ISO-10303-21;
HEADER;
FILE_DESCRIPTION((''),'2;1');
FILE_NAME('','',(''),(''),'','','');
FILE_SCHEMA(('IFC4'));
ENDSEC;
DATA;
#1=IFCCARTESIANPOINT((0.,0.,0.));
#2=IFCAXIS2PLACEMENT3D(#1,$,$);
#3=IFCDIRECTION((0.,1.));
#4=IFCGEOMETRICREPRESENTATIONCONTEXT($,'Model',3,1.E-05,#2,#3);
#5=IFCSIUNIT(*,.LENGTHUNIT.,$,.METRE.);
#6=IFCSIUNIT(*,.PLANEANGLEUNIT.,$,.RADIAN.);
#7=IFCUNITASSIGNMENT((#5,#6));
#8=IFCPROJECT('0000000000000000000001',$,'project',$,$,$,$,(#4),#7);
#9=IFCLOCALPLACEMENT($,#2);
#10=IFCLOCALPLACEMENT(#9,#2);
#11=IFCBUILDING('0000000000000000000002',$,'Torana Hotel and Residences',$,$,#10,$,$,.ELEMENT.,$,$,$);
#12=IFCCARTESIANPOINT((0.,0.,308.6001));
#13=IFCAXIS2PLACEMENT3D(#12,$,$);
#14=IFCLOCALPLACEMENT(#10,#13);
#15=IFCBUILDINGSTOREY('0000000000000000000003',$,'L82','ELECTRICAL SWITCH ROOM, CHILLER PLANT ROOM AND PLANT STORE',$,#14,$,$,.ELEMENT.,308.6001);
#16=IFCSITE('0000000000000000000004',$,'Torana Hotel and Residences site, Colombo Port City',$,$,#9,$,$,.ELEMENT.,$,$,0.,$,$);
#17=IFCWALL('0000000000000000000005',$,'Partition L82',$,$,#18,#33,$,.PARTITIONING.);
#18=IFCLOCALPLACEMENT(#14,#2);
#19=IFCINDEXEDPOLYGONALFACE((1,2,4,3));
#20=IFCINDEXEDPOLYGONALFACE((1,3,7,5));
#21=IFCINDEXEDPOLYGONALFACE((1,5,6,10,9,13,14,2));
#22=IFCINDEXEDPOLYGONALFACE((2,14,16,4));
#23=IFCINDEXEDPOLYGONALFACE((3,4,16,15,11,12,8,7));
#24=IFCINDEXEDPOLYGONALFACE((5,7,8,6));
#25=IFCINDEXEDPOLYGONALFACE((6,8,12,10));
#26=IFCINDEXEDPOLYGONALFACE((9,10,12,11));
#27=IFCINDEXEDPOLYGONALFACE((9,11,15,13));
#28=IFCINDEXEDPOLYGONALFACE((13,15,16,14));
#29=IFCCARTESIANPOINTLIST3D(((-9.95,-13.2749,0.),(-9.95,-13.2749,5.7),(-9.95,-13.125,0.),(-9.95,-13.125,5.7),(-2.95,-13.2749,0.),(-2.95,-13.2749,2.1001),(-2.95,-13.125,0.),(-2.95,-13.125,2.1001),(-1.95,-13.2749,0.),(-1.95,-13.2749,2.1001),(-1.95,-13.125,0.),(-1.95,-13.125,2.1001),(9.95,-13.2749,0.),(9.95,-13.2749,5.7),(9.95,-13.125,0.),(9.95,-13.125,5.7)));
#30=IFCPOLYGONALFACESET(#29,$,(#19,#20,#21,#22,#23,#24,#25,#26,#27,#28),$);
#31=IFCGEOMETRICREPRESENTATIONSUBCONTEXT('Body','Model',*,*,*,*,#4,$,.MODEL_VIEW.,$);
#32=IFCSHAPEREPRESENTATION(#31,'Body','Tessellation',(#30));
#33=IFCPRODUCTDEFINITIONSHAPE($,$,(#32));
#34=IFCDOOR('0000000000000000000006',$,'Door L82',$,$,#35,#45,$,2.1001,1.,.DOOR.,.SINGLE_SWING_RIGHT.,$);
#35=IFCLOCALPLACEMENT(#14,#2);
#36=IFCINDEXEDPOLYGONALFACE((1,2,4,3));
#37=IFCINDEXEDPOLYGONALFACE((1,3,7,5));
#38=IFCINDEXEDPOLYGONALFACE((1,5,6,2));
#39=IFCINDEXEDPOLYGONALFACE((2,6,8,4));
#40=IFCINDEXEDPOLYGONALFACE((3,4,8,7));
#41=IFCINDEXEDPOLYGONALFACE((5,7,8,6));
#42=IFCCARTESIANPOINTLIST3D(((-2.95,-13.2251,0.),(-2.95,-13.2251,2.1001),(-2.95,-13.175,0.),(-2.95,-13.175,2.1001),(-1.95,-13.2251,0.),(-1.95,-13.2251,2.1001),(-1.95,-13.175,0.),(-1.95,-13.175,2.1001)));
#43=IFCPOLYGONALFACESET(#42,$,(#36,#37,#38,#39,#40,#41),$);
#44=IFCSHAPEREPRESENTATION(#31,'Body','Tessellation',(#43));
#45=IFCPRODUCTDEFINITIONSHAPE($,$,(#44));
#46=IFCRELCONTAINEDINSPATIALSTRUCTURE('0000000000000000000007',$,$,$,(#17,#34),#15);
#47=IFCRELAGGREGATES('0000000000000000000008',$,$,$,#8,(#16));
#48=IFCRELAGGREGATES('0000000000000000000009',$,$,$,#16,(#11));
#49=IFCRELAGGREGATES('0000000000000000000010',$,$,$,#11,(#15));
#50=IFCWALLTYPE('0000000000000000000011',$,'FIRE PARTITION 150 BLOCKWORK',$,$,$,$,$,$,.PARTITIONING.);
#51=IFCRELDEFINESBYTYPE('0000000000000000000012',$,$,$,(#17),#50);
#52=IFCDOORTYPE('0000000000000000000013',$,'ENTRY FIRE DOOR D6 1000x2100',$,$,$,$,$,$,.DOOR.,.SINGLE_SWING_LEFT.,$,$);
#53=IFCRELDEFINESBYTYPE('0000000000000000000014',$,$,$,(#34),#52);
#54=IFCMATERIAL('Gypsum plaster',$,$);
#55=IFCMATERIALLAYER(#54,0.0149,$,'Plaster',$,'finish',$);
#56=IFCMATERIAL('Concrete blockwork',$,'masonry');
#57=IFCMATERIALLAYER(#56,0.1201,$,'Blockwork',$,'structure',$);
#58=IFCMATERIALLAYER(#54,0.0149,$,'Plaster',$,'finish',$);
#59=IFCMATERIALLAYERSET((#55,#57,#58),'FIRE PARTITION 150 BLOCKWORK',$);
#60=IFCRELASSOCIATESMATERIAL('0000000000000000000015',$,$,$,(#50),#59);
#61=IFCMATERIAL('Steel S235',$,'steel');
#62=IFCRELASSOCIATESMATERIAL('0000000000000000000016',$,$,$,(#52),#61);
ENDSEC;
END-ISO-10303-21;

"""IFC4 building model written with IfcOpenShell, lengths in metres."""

from ifc_helpers import new_model, si_unit, direction, frame, frame_2d, origin, place, context, subcontext, project, spatial, rectangle, extrude, material, layer, layer_set, type_object, element, fill, save


model = new_model("IFC4")

# Units and contexts
model_context = context("Model", 3, precision=1e-05, world=origin(), true_north=direction((0.0, 1.0)))
body_context = subcontext(model_context, "Body", "Model", "MODEL_VIEW")
ifc_project = project(units=[si_unit("LENGTHUNIT", "METRE"), si_unit("PLANEANGLEUNIT", "RADIAN")], contexts=[model_context])

# Site, building, storey
site_placement = place(None, origin())
site = spatial("IfcSite", under=ifc_project, at=site_placement, Name="Torana Hotel and Residences site, Colombo Port City", CompositionType="ELEMENT", RefElevation=0.0)
building_placement = place(site_placement, origin())
building = spatial("IfcBuilding", under=site, at=building_placement, Name="Torana Hotel and Residences", CompositionType="ELEMENT")
storey_placement = place(building_placement, frame((0.0, 0.0, 308.6001)))
storey = spatial("IfcBuildingStorey", under=building, at=storey_placement, Name="L82", Description="ELECTRICAL SWITCH ROOM, CHILLER PLANT ROOM AND PLANT STORE", CompositionType="ELEMENT", Elevation=308.6001)

# Wall, opening, door
ifc_material_1 = material(Name="Gypsum plaster")
ifc_layer_1 = layer(ifc_material_1, 0.0149, Name="Plaster", Category="finish")
ifc_material_2 = material(Name="Concrete blockwork", Category="masonry")
ifc_layer_2 = layer(ifc_material_2, 0.1201, Name="Blockwork", Category="structure")
ifc_layer_3 = layer(ifc_material_1, 0.0149, Name="Plaster", Category="finish")
ifc_layer_set_1 = layer_set([ifc_layer_1, ifc_layer_2, ifc_layer_3], Name="FIRE PARTITION 150 BLOCKWORK")
wall_type_1 = type_object("IfcWallType", Name="FIRE PARTITION 150 BLOCKWORK", PredefinedType="PARTITIONING", material=ifc_layer_set_1)
wall_1_placement = place(storey_placement, frame((-9.95, -13.2, 0.0), z_axis=(0.0, 0.0, 1.0), x_axis=(1.0, 0.0, 0.0)))
wall_1 = element("IfcWall", 1, at=wall_1_placement, inside=storey, type_object=wall_type_1, Name="Partition L82", PredefinedType="PARTITIONING", context=body_context, shape_type="SweptSolid", body=[
    extrude(rectangle(XDim=19.8999, YDim=0.1499, at=frame_2d((9.95, 0.0))), origin(), (0.0, 0.0, 1.0), 5.7),
])
opening_1_placement = place(wall_1_placement, frame((7.0, 0.0, 0.0)))
opening_1 = element("IfcOpeningElement", 2, at=opening_1_placement, cuts=wall_1, PredefinedType="OPENING", context=body_context, shape_type="SweptSolid", body=[
    extrude(rectangle(XDim=1.0, YDim=2.1001, at=frame_2d((0.5, 1.05))), frame((0.0, 0.085, 0.0), z_axis=(0.0, -1.0, 0.0), x_axis=(1.0, 0.0, 0.0)), (0.0, 0.0, 1.0), 0.1699),
])
ifc_material_3 = material(Name="Steel S235", Category="steel")
door_type_1 = type_object("IfcDoorType", Name="ENTRY FIRE DOOR D6 1000x2100", OperationType="SINGLE_SWING_LEFT", PredefinedType="DOOR", material=ifc_material_3)
door_1_placement = place(opening_1_placement, origin())
door_1 = element("IfcDoor", 3, at=door_1_placement, inside=storey, type_object=door_type_1, Name="Door L82", OperationType="SINGLE_SWING_RIGHT", OverallHeight=2.1001, OverallWidth=1.0, PredefinedType="DOOR", context=body_context, shape_type="SweptSolid", body=[
    extrude(rectangle(XDim=1.0, YDim=2.1001, at=frame_2d((0.5, 1.05))), frame((0.0, 0.0249, 0.0), z_axis=(0.0, -1.0, 0.0), x_axis=(1.0, 0.0, 0.0)), (0.0, 0.0, 1.0), 0.05),
])
fill(opening_1, door_1)

save(model, "model.ifc")
